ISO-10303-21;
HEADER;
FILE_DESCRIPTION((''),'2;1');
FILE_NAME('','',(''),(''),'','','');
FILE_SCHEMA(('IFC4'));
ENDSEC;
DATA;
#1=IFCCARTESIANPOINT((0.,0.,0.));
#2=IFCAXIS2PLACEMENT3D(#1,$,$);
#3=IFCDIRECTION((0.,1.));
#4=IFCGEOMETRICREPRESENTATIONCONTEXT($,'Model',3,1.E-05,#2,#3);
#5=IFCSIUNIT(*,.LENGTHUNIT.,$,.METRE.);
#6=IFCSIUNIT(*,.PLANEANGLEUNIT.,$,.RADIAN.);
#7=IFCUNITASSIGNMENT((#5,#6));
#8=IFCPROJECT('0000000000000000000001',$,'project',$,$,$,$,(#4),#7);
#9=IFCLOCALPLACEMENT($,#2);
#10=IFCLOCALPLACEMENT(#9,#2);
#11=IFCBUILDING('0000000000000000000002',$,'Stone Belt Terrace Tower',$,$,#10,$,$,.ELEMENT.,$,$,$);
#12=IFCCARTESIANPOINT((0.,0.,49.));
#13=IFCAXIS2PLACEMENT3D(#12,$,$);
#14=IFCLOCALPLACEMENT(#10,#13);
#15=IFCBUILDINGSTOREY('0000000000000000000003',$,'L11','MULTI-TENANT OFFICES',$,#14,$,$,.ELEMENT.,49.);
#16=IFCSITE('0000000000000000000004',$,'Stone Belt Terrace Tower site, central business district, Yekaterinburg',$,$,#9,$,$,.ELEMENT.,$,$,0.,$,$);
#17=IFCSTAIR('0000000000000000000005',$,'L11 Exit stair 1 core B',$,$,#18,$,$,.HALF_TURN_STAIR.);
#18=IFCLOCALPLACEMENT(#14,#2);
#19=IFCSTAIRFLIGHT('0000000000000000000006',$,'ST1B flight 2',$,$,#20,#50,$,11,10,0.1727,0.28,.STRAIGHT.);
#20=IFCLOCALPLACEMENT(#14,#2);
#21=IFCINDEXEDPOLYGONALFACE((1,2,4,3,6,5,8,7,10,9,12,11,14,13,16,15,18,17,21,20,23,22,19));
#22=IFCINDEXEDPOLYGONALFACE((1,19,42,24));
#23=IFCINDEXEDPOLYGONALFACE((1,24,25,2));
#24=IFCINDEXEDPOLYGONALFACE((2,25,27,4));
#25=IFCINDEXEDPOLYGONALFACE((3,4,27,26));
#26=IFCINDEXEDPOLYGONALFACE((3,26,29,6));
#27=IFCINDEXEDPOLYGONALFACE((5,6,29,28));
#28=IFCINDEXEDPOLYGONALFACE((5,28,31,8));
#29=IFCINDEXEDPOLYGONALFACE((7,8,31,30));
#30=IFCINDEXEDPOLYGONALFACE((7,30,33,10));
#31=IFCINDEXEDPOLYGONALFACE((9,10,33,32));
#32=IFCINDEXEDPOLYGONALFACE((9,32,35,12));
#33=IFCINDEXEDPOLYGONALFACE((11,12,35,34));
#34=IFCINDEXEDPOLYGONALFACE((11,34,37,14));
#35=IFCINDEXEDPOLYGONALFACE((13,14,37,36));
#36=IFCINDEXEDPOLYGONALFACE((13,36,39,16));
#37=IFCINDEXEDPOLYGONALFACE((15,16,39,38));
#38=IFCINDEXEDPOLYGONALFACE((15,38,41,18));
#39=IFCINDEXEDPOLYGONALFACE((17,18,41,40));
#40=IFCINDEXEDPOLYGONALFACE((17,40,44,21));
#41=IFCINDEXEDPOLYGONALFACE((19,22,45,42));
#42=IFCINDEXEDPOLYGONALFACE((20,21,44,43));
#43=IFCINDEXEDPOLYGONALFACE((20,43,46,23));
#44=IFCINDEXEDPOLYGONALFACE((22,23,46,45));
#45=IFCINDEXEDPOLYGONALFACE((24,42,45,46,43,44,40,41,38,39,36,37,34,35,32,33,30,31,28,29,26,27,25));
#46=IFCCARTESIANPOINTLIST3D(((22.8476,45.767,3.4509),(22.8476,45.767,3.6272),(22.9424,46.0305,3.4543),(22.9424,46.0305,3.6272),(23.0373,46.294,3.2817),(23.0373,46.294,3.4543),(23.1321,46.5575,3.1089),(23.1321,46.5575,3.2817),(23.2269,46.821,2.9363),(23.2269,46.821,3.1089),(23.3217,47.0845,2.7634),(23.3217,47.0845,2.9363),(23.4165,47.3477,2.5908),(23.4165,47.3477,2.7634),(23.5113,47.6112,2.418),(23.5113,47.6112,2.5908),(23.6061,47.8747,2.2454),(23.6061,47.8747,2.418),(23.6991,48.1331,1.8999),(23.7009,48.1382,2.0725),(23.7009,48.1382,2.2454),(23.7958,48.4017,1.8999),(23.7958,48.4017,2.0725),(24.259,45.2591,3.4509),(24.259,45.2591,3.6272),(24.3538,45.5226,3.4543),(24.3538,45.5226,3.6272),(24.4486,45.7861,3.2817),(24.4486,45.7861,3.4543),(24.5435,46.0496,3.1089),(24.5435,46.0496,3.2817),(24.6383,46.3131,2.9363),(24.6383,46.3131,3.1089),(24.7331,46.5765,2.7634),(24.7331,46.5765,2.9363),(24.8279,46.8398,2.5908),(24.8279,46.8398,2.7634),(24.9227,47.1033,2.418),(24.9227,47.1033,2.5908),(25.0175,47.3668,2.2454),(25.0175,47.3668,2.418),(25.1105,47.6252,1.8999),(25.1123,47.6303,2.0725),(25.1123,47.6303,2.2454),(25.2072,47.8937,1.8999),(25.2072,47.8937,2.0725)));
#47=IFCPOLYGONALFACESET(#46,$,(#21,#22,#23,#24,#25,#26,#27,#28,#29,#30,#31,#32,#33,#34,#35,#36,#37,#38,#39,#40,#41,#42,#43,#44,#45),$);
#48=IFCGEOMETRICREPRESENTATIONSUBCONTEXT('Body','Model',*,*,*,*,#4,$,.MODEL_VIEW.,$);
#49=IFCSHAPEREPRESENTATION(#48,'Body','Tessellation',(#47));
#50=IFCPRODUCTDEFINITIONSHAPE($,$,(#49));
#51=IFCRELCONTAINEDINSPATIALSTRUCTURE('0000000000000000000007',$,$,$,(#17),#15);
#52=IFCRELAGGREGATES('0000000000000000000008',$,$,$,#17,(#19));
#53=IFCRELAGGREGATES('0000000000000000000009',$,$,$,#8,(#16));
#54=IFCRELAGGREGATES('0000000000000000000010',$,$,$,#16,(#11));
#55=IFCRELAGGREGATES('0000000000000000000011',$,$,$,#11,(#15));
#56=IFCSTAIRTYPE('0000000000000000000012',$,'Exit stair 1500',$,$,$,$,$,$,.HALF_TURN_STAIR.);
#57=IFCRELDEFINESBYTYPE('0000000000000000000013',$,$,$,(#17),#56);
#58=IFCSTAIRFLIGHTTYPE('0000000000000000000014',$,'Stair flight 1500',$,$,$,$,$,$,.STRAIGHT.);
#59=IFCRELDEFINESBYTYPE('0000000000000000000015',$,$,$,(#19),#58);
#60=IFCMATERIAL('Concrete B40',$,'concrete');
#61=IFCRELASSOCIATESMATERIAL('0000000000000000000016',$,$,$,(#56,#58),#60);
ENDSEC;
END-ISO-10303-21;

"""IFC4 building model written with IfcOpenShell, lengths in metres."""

from ifc_helpers import new_model, si_unit, direction, frame, origin, place, context, subcontext, project, spatial, polyline, outline, extrude, material, type_object, element, aggregate, save


model = new_model("IFC4")

# Units and contexts
model_context = context("Model", 3, precision=1e-05, world=origin(), true_north=direction((0.0, 1.0)))
body_context = subcontext(model_context, "Body", "Model", "MODEL_VIEW")
ifc_project = project(units=[si_unit("LENGTHUNIT", "METRE"), si_unit("PLANEANGLEUNIT", "RADIAN")], contexts=[model_context])

# Site, building, storey
site_placement = place(None, origin())
site = spatial("IfcSite", under=ifc_project, at=site_placement, Name="Stone Belt Terrace Tower site, central business district, Yekaterinburg", CompositionType="ELEMENT", RefElevation=0.0)
building_placement = place(site_placement, origin())
building = spatial("IfcBuilding", under=site, at=building_placement, Name="Stone Belt Terrace Tower", CompositionType="ELEMENT")
storey_placement = place(building_placement, frame((0.0, 0.0, 49.0)))
storey = spatial("IfcBuildingStorey", under=building, at=storey_placement, Name="L11", Description="MULTI-TENANT OFFICES", CompositionType="ELEMENT", Elevation=49.0)

# Stair, stair flight
ifc_material_1 = material(Name="Concrete B40", Category="concrete")
stair_type = type_object("IfcStairType", Name="Exit stair 1500", PredefinedType="HALF_TURN_STAIR", material=ifc_material_1)
stair_placement = place(storey_placement, origin())
stair = element("IfcStair", 1, at=stair_placement, inside=storey, type_object=stair_type, Name="L11 Exit stair 1 core B", PredefinedType="HALF_TURN_STAIR")
stair_flight_type = type_object("IfcStairFlightType", Name="Stair flight 1500", PredefinedType="STRAIGHT", material=ifc_material_1)
stair_flight_1_placement = place(storey_placement, frame((24.5015, 48.1477, 1.8999), z_axis=(0.0, 0.0, 1.0), x_axis=(-0.338624, -0.940922, 0.0)))
stair_flight_1 = element("IfcStairFlight", 2, at=stair_flight_1_placement, type_object=stair_flight_type, Name="ST1B flight 2", NumberOfRisers=11, NumberOfTreads=10, PredefinedType="STRAIGHT", RiserHeight=0.1727, TreadLength=0.28, context=body_context, shape_type="SweptSolid", body=[
    extrude(outline(polyline([(0.0, 0.0), (0.0, 0.1726), (0.28, 0.1726), (0.28, 0.3455), (0.5601, 0.3455), (0.5601, 0.5181), (0.8401, 0.5181), (0.8401, 0.6909), (1.1201, 0.6909), (1.1201, 0.8635), (1.3999, 0.8635), (1.3999, 1.0364), (1.6799, 1.0364), (1.6799, 1.209), (1.96, 1.209), (1.96, 1.3818), (2.24, 1.3818), (2.24, 1.5544), (2.52, 1.5544), (2.52, 1.7273), (2.8, 1.7273), (2.8, 1.8999), (2.8, 1.551), (0.2854, 0.0), (0.0, 0.0)])), frame((0.0, 0.75, 0.0), z_axis=(0.0, -1.0, 0.0), x_axis=(1.0, 0.0, 0.0)), (0.0, 0.0, 1.0), 1.5),
])
aggregate(stair, [stair_flight_1])

save(model, "model.ifc")
